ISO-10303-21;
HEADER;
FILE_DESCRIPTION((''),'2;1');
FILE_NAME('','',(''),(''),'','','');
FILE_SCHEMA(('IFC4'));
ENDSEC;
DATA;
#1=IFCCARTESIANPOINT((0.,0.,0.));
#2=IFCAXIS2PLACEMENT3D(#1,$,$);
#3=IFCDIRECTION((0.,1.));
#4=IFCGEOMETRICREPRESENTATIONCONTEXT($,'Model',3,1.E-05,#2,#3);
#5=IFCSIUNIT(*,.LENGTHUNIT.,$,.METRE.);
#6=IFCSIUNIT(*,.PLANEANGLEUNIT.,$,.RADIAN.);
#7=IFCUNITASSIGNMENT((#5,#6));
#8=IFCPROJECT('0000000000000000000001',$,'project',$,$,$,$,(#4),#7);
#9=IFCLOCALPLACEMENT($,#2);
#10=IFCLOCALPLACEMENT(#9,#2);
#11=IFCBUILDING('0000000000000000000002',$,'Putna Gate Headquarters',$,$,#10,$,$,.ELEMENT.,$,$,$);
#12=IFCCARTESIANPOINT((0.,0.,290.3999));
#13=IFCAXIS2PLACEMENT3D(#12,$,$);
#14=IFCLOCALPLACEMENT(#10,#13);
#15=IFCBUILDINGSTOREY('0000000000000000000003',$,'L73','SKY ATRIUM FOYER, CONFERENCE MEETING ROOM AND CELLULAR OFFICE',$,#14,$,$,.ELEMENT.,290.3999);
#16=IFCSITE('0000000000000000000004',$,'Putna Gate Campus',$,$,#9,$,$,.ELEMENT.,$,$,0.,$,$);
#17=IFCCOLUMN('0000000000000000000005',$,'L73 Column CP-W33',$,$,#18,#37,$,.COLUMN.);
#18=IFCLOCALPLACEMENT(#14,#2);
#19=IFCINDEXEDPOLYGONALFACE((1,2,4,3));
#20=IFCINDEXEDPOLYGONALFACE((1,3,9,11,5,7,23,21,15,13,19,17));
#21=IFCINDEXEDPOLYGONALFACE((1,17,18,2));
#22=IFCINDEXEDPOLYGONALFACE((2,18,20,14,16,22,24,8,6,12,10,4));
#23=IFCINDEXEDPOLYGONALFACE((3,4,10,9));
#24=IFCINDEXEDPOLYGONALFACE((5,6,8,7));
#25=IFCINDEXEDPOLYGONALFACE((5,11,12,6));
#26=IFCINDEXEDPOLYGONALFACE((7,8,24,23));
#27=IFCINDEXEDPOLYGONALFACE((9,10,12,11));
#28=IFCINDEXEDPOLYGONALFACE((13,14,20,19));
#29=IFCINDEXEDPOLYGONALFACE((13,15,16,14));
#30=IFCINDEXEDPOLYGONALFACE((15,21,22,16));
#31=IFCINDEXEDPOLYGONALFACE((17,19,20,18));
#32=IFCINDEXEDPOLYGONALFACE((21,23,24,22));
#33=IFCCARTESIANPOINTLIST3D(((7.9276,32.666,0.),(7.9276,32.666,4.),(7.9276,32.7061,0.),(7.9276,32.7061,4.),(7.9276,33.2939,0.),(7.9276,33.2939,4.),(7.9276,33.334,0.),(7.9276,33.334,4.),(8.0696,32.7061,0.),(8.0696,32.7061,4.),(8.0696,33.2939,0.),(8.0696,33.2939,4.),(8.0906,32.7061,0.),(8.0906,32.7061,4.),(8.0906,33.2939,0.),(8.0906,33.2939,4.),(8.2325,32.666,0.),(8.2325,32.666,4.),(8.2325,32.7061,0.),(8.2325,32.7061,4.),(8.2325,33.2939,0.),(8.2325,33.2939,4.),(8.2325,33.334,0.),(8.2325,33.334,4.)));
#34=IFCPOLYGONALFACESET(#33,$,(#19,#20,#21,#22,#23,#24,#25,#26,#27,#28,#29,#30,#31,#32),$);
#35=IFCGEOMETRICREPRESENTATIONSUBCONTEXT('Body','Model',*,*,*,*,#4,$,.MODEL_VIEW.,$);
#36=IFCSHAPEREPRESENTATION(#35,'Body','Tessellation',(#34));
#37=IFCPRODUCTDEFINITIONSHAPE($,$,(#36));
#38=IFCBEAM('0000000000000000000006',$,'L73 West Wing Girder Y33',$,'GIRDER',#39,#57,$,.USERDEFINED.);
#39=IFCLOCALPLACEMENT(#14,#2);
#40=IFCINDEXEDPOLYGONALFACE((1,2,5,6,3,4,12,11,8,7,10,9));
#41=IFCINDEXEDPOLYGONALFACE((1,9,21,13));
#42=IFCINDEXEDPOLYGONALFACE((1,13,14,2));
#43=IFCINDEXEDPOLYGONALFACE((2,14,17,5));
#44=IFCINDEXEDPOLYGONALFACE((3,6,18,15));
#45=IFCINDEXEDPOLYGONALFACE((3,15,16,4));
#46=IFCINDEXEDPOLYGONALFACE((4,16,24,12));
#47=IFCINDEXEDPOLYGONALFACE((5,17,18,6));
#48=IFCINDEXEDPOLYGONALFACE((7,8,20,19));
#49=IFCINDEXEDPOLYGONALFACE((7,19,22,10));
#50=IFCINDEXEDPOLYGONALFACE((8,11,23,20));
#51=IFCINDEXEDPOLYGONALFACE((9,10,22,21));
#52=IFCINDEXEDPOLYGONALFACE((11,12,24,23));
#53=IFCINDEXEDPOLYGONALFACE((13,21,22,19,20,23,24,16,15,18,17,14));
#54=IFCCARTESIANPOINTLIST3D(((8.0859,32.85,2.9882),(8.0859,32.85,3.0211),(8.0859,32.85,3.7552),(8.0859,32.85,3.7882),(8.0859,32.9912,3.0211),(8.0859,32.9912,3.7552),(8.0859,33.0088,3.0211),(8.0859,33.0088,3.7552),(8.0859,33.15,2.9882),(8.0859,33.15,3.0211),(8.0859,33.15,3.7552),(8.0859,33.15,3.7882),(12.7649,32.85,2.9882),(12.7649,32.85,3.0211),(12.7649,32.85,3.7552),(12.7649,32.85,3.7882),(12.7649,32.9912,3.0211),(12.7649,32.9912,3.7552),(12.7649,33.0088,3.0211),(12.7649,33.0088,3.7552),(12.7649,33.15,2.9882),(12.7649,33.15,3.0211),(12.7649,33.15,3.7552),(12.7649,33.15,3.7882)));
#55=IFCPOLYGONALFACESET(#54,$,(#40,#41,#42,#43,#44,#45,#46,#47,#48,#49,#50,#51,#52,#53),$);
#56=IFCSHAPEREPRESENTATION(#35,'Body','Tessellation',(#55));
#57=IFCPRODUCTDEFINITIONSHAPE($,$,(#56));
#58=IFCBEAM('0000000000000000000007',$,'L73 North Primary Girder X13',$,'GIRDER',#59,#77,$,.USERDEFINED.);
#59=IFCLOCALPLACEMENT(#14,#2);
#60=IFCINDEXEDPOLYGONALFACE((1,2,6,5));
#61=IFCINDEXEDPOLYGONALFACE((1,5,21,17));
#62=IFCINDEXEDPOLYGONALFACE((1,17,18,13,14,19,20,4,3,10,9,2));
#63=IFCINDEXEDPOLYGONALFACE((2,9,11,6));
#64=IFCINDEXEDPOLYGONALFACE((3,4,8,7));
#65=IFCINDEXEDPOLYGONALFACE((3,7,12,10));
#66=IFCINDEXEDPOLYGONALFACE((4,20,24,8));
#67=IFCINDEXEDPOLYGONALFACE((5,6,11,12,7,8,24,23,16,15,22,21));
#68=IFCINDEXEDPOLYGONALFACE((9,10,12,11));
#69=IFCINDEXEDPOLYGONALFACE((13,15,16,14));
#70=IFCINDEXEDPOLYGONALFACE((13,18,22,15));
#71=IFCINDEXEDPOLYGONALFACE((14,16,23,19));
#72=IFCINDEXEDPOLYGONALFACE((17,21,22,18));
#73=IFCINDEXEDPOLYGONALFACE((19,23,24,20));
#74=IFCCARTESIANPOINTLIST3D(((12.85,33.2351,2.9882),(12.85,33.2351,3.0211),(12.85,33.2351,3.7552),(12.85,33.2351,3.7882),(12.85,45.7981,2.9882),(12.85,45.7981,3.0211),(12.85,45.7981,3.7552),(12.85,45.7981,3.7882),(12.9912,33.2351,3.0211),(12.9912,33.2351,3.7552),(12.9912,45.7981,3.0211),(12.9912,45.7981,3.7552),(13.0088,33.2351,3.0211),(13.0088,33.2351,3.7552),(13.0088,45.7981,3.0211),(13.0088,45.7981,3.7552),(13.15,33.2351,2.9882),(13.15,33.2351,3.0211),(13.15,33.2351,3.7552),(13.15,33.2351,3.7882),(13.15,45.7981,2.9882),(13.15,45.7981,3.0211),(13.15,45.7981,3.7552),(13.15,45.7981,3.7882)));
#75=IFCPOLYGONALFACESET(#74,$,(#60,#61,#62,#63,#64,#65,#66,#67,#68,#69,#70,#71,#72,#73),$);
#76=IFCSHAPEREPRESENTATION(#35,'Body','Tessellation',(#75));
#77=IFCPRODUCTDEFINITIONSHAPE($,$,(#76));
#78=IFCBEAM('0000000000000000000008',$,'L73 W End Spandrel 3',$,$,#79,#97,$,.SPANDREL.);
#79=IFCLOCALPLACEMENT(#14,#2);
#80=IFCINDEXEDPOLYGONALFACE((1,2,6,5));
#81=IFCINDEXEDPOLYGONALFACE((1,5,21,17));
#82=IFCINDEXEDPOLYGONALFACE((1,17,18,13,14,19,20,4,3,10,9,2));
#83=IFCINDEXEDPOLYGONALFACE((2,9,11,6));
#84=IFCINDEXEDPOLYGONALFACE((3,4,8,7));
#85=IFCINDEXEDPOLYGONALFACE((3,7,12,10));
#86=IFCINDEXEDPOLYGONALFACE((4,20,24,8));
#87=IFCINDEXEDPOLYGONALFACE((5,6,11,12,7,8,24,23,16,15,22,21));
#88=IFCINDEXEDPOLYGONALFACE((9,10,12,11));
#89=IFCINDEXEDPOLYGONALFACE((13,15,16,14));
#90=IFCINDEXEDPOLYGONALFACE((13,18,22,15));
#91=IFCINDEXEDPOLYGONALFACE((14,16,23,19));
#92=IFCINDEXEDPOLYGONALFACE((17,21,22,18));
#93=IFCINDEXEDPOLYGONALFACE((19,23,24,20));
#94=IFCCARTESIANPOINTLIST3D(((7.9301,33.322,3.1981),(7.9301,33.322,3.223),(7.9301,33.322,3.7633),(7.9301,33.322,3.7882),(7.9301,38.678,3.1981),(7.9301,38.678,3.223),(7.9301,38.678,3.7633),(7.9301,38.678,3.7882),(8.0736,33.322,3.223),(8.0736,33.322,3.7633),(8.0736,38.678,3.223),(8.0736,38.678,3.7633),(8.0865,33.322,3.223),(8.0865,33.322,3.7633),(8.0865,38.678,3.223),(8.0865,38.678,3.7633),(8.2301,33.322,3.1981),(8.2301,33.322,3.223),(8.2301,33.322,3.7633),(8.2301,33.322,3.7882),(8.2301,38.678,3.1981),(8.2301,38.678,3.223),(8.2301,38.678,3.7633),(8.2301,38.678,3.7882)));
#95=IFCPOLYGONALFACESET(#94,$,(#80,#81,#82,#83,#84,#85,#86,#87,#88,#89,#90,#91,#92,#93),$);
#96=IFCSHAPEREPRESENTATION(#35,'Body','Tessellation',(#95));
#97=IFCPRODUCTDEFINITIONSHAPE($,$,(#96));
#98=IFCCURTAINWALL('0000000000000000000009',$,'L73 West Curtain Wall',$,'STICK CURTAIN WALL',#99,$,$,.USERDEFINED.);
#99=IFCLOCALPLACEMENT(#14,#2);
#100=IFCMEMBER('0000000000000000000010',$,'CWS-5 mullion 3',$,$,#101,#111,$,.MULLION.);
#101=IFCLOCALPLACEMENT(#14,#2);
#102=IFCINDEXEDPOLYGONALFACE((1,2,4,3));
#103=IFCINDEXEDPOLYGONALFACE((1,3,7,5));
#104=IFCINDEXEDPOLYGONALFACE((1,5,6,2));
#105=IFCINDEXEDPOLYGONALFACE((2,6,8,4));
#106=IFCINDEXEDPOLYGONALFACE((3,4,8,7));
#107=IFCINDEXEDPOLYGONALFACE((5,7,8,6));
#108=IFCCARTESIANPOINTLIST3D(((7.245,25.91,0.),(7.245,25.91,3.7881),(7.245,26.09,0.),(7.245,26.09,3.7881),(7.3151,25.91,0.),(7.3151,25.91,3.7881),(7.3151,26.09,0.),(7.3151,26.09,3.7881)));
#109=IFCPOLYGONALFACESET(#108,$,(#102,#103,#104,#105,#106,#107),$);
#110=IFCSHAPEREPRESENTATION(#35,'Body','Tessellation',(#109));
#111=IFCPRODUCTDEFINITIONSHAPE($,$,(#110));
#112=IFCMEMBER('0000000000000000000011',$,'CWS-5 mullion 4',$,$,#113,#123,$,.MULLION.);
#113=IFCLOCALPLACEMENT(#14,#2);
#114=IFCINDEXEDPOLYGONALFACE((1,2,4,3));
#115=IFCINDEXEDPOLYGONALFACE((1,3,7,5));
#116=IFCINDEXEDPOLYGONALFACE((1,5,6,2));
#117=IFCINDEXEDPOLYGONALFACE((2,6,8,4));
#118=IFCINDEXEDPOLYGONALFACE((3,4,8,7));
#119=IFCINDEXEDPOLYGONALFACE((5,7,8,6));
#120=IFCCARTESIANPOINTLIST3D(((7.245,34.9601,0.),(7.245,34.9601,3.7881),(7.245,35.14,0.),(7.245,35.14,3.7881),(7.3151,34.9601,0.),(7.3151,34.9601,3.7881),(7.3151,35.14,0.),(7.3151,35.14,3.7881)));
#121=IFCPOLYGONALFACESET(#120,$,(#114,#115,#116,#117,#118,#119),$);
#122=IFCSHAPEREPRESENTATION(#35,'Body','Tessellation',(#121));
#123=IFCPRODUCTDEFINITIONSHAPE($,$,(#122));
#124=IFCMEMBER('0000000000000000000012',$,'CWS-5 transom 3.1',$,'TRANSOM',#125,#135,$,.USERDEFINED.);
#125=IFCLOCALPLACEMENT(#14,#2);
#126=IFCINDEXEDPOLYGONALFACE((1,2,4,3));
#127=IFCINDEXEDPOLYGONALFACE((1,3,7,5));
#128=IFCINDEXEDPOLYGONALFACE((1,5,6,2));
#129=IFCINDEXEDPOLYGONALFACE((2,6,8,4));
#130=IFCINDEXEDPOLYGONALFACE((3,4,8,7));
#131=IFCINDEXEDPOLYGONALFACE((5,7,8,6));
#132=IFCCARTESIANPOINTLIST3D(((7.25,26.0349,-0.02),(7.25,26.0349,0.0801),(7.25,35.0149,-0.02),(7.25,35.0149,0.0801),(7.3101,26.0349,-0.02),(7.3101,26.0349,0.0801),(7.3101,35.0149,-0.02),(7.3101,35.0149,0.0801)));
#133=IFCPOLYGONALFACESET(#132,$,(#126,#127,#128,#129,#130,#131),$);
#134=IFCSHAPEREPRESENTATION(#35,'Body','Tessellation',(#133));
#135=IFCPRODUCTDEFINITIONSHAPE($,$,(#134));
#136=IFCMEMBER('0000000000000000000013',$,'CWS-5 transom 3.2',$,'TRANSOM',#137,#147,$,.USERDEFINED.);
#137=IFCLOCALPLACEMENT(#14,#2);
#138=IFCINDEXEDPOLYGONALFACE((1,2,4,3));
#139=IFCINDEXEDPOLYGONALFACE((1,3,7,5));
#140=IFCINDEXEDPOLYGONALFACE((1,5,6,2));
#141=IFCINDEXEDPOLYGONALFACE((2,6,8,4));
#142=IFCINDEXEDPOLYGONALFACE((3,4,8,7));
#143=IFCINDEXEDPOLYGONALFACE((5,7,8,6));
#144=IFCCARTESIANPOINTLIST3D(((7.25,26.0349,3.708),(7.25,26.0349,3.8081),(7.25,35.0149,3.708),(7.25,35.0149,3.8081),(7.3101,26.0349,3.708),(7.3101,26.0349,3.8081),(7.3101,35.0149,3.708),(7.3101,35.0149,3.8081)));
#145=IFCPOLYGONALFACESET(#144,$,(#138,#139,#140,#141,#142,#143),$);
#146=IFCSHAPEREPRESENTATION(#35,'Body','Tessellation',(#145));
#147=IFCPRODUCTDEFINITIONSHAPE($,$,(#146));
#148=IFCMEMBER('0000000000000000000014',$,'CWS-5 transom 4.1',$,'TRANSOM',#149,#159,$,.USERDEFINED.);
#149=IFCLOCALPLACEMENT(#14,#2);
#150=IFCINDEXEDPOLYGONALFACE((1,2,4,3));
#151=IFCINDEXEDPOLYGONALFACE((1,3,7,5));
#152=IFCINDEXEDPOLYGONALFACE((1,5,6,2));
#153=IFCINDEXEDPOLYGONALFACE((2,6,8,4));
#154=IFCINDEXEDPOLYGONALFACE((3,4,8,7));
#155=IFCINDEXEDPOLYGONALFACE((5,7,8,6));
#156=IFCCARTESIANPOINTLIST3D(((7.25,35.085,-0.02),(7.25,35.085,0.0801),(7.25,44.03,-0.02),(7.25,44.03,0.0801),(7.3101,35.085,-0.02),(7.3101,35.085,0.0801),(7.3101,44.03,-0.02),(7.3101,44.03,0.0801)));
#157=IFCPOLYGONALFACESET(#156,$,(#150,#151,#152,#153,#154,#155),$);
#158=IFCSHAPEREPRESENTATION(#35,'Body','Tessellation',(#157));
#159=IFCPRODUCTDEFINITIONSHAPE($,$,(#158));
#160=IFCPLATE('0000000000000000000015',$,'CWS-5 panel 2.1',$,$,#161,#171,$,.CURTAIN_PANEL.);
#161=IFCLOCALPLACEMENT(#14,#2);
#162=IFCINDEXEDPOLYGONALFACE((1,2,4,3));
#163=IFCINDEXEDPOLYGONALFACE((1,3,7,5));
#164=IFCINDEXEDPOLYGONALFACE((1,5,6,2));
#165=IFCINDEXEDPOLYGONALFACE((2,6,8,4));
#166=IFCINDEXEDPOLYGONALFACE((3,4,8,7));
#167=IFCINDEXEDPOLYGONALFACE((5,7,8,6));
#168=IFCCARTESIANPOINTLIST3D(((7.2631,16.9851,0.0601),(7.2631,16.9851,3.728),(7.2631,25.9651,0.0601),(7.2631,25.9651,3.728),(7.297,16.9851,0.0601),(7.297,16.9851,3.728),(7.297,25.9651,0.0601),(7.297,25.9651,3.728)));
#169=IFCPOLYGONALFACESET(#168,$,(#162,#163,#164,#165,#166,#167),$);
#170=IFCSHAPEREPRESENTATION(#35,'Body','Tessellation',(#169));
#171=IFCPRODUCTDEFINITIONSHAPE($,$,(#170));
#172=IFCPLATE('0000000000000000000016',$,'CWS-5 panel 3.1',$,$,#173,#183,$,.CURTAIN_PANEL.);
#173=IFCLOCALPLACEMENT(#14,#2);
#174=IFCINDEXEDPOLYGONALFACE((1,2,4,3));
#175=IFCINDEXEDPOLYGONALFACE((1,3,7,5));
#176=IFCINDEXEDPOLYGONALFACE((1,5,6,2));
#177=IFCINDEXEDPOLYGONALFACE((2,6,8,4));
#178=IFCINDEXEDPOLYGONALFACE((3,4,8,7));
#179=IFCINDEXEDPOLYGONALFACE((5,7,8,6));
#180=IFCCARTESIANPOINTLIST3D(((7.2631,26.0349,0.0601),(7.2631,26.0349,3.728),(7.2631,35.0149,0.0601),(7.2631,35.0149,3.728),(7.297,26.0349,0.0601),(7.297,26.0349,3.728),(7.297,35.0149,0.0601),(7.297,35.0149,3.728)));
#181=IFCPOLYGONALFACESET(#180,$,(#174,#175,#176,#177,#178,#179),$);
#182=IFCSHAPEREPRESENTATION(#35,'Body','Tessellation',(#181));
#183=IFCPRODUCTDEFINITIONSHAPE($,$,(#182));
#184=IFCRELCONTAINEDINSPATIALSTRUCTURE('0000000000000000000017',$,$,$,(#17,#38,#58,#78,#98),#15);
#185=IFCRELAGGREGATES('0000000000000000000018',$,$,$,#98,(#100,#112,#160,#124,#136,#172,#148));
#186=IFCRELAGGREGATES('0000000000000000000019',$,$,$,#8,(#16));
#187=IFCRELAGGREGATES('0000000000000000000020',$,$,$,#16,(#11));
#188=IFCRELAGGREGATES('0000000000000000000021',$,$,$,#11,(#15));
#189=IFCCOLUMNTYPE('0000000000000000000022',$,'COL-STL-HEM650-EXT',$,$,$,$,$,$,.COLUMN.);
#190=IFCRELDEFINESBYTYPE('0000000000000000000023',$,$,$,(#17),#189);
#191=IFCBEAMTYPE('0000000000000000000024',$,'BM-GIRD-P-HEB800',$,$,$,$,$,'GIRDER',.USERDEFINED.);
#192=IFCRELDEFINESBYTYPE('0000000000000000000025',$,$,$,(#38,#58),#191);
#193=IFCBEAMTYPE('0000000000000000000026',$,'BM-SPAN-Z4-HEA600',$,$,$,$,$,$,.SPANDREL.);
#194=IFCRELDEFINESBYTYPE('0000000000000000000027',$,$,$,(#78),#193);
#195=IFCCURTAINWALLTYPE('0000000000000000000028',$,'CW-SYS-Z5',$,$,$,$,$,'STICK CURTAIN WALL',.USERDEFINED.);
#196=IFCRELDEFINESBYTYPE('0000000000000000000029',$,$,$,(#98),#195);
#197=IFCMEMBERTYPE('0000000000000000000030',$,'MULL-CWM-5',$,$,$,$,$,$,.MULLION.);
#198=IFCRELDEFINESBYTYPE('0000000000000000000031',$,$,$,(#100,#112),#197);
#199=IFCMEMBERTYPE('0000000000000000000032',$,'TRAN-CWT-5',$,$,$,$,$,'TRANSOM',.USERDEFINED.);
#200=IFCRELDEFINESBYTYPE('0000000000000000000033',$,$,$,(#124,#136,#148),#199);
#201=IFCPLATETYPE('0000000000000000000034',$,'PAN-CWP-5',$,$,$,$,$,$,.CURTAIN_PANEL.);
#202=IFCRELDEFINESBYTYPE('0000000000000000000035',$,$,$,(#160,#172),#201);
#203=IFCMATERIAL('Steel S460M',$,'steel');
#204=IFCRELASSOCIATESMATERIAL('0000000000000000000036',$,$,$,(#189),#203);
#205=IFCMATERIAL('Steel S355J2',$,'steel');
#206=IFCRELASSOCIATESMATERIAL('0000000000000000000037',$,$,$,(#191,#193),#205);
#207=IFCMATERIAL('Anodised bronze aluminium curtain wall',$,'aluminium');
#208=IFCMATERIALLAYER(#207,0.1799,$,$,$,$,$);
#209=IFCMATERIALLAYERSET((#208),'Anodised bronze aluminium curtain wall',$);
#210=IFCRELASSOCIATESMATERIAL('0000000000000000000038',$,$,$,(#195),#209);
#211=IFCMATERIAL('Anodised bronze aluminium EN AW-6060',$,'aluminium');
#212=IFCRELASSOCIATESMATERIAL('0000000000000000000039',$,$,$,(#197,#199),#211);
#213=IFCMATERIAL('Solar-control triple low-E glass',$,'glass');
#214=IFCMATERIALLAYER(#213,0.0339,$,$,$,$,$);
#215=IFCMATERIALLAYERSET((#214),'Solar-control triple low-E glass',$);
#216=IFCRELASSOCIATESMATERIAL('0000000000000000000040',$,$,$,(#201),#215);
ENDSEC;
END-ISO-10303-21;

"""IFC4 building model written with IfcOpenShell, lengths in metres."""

from ifc_helpers import new_model, si_unit, direction, frame, origin, origin_2d, place, context, subcontext, project, spatial, rectangle, i_section, extrude, material, layer, layer_set, material_profile, profile_set, type_object, element, aggregate, save


model = new_model("IFC4")

# Units and contexts
model_context = context("Model", 3, precision=1e-05, world=origin(), true_north=direction((0.0, 1.0)))
body_context = subcontext(model_context, "Body", "Model", "MODEL_VIEW")
ifc_project = project(units=[si_unit("LENGTHUNIT", "METRE"), si_unit("PLANEANGLEUNIT", "RADIAN")], contexts=[model_context])

# Site, building, storey
site_placement = place(None, origin())
site = spatial("IfcSite", under=ifc_project, at=site_placement, Name="Putna Gate Campus", CompositionType="ELEMENT", RefElevation=0.0)
building_placement = place(site_placement, origin())
building = spatial("IfcBuilding", under=site, at=building_placement, Name="Putna Gate Headquarters", CompositionType="ELEMENT")
storey_placement = place(building_placement, frame((0.0, 0.0, 290.3999)))
storey = spatial("IfcBuildingStorey", under=building, at=storey_placement, Name="L73", Description="SKY ATRIUM FOYER, CONFERENCE MEETING ROOM AND CELLULAR OFFICE", CompositionType="ELEMENT", Elevation=290.3999)

# Column
ifc_material_1 = material(Name="Steel S460M", Category="steel")
ifc_material_profile_1 = material_profile(ifc_material_1, i_section(OverallWidth=0.3049, OverallDepth=0.668, WebThickness=0.021, FlangeThickness=0.04, at=origin_2d()), Name="Steel S460M")
ifc_profile_set_1 = profile_set([ifc_material_profile_1], Name="Steel S460M")
column_type = type_object("IfcColumnType", Name="COL-STL-HEM650-EXT", PredefinedType="COLUMN", material=ifc_profile_set_1)
column_placement = place(storey_placement, frame((8.0801, 33.0, 0.0), z_axis=(0.0, 0.0, 1.0), x_axis=(1.0, 0.0, 0.0)))
element("IfcColumn", 1, at=column_placement, inside=storey, type_object=column_type, Name="L73 Column CP-W33", PredefinedType="COLUMN", context=body_context, shape_type="SweptSolid", body=[
    extrude(i_section(OverallWidth=0.3049, OverallDepth=0.668, WebThickness=0.021, FlangeThickness=0.04, at=origin_2d()), origin(), (0.0, 0.0, 1.0), 4.0),
])

# Beams
ifc_material_2 = material(Name="Steel S355J2", Category="steel")
ifc_material_profile_2 = material_profile(ifc_material_2, i_section(OverallWidth=0.3, OverallDepth=0.8, WebThickness=0.0176, FlangeThickness=0.033, at=origin_2d()), Name="Steel S355J2")
ifc_profile_set_2 = profile_set([ifc_material_profile_2], Name="Steel S355J2")
beam_type_1 = type_object("IfcBeamType", Name="BM-GIRD-P-HEB800", ElementType="GIRDER", PredefinedType="USERDEFINED", material=ifc_profile_set_2)
beam_1_placement = place(storey_placement, frame((8.0859, 33.0, 3.3882), z_axis=(1.0, 0.0, 0.0), x_axis=(0.0, 1.0, 0.0)))
element("IfcBeam", 2, at=beam_1_placement, inside=storey, type_object=beam_type_1, Name="L73 West Wing Girder Y33", ObjectType="GIRDER", PredefinedType="USERDEFINED", context=body_context, shape_type="SweptSolid", body=[
    extrude(i_section(OverallWidth=0.3, OverallDepth=0.8, WebThickness=0.0176, FlangeThickness=0.033, at=origin_2d()), origin(), (0.0, 0.0, 1.0), 4.679),
])
beam_2_placement = place(storey_placement, frame((13.0, 33.2351, 3.3882), z_axis=(0.0, 1.0, 0.0), x_axis=(-1.0, 0.0, 0.0)))
element("IfcBeam", 3, at=beam_2_placement, inside=storey, type_object=beam_type_1, Name="L73 North Primary Girder X13", ObjectType="GIRDER", PredefinedType="USERDEFINED", context=body_context, shape_type="SweptSolid", body=[
    extrude(i_section(OverallWidth=0.3, OverallDepth=0.8, WebThickness=0.0176, FlangeThickness=0.033, at=origin_2d()), origin(), (0.0, 0.0, 1.0), 12.563),
])
ifc_material_profile_3 = material_profile(ifc_material_2, i_section(OverallWidth=0.3, OverallDepth=0.5901, WebThickness=0.0129, FlangeThickness=0.0249, at=origin_2d()), Name="Steel S355J2")
ifc_profile_set_3 = profile_set([ifc_material_profile_3], Name="Steel S355J2")
beam_type_2 = type_object("IfcBeamType", Name="BM-SPAN-Z4-HEA600", PredefinedType="SPANDREL", material=ifc_profile_set_3)
beam_3_placement = place(storey_placement, frame((8.0801, 33.322, 3.4932), z_axis=(0.0, 1.0, 0.0), x_axis=(-1.0, 0.0, 0.0)))
element("IfcBeam", 4, at=beam_3_placement, inside=storey, type_object=beam_type_2, Name="L73 W End Spandrel 3", PredefinedType="SPANDREL", context=body_context, shape_type="SweptSolid", body=[
    extrude(i_section(OverallWidth=0.3, OverallDepth=0.5901, WebThickness=0.0129, FlangeThickness=0.0249, at=origin_2d()), origin(), (0.0, 0.0, 1.0), 5.356),
])

# Curtain wall, members, plates
ifc_material_3 = material(Name="Anodised bronze aluminium curtain wall", Category="aluminium")
ifc_layer_1 = layer(ifc_material_3, 0.1799)
ifc_layer_set_1 = layer_set([ifc_layer_1], Name="Anodised bronze aluminium curtain wall")
curtain_wall_type = type_object("IfcCurtainWallType", Name="CW-SYS-Z5", ElementType="STICK CURTAIN WALL", PredefinedType="USERDEFINED", material=ifc_layer_set_1)
curtain_wall_placement = place(storey_placement, origin())
curtain_wall = element("IfcCurtainWall", 5, at=curtain_wall_placement, inside=storey, type_object=curtain_wall_type, Name="L73 West Curtain Wall", ObjectType="STICK CURTAIN WALL", PredefinedType="USERDEFINED")
ifc_material_4 = material(Name="Anodised bronze aluminium EN AW-6060", Category="aluminium")
ifc_material_profile_4 = material_profile(ifc_material_4, rectangle(XDim=0.0701, YDim=0.1799, at=origin_2d()), Name="Anodised bronze aluminium EN AW-6060")
ifc_profile_set_4 = profile_set([ifc_material_profile_4], Name="Anodised bronze aluminium EN AW-6060")
member_type_1 = type_object("IfcMemberType", Name="MULL-CWM-5", PredefinedType="MULLION", material=ifc_profile_set_4)
member_1_placement = place(storey_placement, frame((7.28, 26.0, 0.0), z_axis=(0.0, 0.0, 1.0), x_axis=(-1.0, 0.0, 0.0)))
member_1 = element("IfcMember", 6, at=member_1_placement, type_object=member_type_1, Name="CWS-5 mullion 3", PredefinedType="MULLION", context=body_context, shape_type="SweptSolid", body=[
    extrude(rectangle(XDim=0.0701, YDim=0.1799, at=origin_2d()), origin(), (0.0, 0.0, 1.0), 3.7881),
])
member_2_placement = place(storey_placement, frame((7.28, 35.05, 0.0), z_axis=(0.0, 0.0, 1.0), x_axis=(-1.0, 0.0, 0.0)))
member_2 = element("IfcMember", 7, at=member_2_placement, type_object=member_type_1, Name="CWS-5 mullion 4", PredefinedType="MULLION", context=body_context, shape_type="SweptSolid", body=[
    extrude(rectangle(XDim=0.0701, YDim=0.1799, at=origin_2d()), origin(), (0.0, 0.0, 1.0), 3.7881),
])
ifc_material_profile_5 = material_profile(ifc_material_4, rectangle(XDim=0.0601, YDim=0.1001, at=origin_2d()), Name="Anodised bronze aluminium EN AW-6060")
ifc_profile_set_5 = profile_set([ifc_material_profile_5], Name="Anodised bronze aluminium EN AW-6060")
member_type_2 = type_object("IfcMemberType", Name="TRAN-CWT-5", ElementType="TRANSOM", PredefinedType="USERDEFINED", material=ifc_profile_set_5)
member_3_placement = place(storey_placement, frame((7.28, 26.0349, 0.03), z_axis=(0.0, 1.0, 0.0), x_axis=(-1.0, 0.0, 0.0)))
member_3 = element("IfcMember", 8, at=member_3_placement, type_object=member_type_2, Name="CWS-5 transom 3.1", ObjectType="TRANSOM", PredefinedType="USERDEFINED", context=body_context, shape_type="SweptSolid", body=[
    extrude(rectangle(XDim=0.0601, YDim=0.1001, at=origin_2d()), origin(), (0.0, 0.0, 1.0), 8.98),
])
member_4_placement = place(storey_placement, frame((7.28, 26.0349, 3.7581), z_axis=(0.0, 1.0, 0.0), x_axis=(-1.0, 0.0, 0.0)))
member_4 = element("IfcMember", 9, at=member_4_placement, type_object=member_type_2, Name="CWS-5 transom 3.2", ObjectType="TRANSOM", PredefinedType="USERDEFINED", context=body_context, shape_type="SweptSolid", body=[
    extrude(rectangle(XDim=0.0601, YDim=0.1001, at=origin_2d()), origin(), (0.0, 0.0, 1.0), 8.98),
])
member_5_placement = place(storey_placement, frame((7.28, 35.085, 0.03), z_axis=(0.0, 1.0, 0.0), x_axis=(-1.0, 0.0, 0.0)))
member_5 = element("IfcMember", 10, at=member_5_placement, type_object=member_type_2, Name="CWS-5 transom 4.1", ObjectType="TRANSOM", PredefinedType="USERDEFINED", context=body_context, shape_type="SweptSolid", body=[
    extrude(rectangle(XDim=0.0601, YDim=0.1001, at=origin_2d()), origin(), (0.0, 0.0, 1.0), 8.9451),
])
ifc_material_5 = material(Name="Solar-control triple low-E glass", Category="glass")
ifc_layer_2 = layer(ifc_material_5, 0.0339)
ifc_layer_set_2 = layer_set([ifc_layer_2], Name="Solar-control triple low-E glass")
plate_type = type_object("IfcPlateType", Name="PAN-CWP-5", PredefinedType="CURTAIN_PANEL", material=ifc_layer_set_2)
plate_1_placement = place(storey_placement, frame((7.28, 21.4751, 0.0601), z_axis=(0.0, 0.0, 1.0), x_axis=(0.0, 1.0, 0.0)))
plate_1 = element("IfcPlate", 11, at=plate_1_placement, type_object=plate_type, Name="CWS-5 panel 2.1", PredefinedType="CURTAIN_PANEL", context=body_context, shape_type="SweptSolid", body=[
    extrude(rectangle(XDim=8.98, YDim=0.0339, at=origin_2d()), origin(), (0.0, 0.0, 1.0), 3.668),
])
plate_2_placement = place(storey_placement, frame((7.28, 30.5249, 0.0601), z_axis=(0.0, 0.0, 1.0), x_axis=(0.0, 1.0, 0.0)))
plate_2 = element("IfcPlate", 12, at=plate_2_placement, type_object=plate_type, Name="CWS-5 panel 3.1", PredefinedType="CURTAIN_PANEL", context=body_context, shape_type="SweptSolid", body=[
    extrude(rectangle(XDim=8.98, YDim=0.0339, at=origin_2d()), origin(), (0.0, 0.0, 1.0), 3.668),
])
aggregate(curtain_wall, [member_1, member_2, plate_1, member_3, member_4, plate_2, member_5])

save(model, "model.ifc")
